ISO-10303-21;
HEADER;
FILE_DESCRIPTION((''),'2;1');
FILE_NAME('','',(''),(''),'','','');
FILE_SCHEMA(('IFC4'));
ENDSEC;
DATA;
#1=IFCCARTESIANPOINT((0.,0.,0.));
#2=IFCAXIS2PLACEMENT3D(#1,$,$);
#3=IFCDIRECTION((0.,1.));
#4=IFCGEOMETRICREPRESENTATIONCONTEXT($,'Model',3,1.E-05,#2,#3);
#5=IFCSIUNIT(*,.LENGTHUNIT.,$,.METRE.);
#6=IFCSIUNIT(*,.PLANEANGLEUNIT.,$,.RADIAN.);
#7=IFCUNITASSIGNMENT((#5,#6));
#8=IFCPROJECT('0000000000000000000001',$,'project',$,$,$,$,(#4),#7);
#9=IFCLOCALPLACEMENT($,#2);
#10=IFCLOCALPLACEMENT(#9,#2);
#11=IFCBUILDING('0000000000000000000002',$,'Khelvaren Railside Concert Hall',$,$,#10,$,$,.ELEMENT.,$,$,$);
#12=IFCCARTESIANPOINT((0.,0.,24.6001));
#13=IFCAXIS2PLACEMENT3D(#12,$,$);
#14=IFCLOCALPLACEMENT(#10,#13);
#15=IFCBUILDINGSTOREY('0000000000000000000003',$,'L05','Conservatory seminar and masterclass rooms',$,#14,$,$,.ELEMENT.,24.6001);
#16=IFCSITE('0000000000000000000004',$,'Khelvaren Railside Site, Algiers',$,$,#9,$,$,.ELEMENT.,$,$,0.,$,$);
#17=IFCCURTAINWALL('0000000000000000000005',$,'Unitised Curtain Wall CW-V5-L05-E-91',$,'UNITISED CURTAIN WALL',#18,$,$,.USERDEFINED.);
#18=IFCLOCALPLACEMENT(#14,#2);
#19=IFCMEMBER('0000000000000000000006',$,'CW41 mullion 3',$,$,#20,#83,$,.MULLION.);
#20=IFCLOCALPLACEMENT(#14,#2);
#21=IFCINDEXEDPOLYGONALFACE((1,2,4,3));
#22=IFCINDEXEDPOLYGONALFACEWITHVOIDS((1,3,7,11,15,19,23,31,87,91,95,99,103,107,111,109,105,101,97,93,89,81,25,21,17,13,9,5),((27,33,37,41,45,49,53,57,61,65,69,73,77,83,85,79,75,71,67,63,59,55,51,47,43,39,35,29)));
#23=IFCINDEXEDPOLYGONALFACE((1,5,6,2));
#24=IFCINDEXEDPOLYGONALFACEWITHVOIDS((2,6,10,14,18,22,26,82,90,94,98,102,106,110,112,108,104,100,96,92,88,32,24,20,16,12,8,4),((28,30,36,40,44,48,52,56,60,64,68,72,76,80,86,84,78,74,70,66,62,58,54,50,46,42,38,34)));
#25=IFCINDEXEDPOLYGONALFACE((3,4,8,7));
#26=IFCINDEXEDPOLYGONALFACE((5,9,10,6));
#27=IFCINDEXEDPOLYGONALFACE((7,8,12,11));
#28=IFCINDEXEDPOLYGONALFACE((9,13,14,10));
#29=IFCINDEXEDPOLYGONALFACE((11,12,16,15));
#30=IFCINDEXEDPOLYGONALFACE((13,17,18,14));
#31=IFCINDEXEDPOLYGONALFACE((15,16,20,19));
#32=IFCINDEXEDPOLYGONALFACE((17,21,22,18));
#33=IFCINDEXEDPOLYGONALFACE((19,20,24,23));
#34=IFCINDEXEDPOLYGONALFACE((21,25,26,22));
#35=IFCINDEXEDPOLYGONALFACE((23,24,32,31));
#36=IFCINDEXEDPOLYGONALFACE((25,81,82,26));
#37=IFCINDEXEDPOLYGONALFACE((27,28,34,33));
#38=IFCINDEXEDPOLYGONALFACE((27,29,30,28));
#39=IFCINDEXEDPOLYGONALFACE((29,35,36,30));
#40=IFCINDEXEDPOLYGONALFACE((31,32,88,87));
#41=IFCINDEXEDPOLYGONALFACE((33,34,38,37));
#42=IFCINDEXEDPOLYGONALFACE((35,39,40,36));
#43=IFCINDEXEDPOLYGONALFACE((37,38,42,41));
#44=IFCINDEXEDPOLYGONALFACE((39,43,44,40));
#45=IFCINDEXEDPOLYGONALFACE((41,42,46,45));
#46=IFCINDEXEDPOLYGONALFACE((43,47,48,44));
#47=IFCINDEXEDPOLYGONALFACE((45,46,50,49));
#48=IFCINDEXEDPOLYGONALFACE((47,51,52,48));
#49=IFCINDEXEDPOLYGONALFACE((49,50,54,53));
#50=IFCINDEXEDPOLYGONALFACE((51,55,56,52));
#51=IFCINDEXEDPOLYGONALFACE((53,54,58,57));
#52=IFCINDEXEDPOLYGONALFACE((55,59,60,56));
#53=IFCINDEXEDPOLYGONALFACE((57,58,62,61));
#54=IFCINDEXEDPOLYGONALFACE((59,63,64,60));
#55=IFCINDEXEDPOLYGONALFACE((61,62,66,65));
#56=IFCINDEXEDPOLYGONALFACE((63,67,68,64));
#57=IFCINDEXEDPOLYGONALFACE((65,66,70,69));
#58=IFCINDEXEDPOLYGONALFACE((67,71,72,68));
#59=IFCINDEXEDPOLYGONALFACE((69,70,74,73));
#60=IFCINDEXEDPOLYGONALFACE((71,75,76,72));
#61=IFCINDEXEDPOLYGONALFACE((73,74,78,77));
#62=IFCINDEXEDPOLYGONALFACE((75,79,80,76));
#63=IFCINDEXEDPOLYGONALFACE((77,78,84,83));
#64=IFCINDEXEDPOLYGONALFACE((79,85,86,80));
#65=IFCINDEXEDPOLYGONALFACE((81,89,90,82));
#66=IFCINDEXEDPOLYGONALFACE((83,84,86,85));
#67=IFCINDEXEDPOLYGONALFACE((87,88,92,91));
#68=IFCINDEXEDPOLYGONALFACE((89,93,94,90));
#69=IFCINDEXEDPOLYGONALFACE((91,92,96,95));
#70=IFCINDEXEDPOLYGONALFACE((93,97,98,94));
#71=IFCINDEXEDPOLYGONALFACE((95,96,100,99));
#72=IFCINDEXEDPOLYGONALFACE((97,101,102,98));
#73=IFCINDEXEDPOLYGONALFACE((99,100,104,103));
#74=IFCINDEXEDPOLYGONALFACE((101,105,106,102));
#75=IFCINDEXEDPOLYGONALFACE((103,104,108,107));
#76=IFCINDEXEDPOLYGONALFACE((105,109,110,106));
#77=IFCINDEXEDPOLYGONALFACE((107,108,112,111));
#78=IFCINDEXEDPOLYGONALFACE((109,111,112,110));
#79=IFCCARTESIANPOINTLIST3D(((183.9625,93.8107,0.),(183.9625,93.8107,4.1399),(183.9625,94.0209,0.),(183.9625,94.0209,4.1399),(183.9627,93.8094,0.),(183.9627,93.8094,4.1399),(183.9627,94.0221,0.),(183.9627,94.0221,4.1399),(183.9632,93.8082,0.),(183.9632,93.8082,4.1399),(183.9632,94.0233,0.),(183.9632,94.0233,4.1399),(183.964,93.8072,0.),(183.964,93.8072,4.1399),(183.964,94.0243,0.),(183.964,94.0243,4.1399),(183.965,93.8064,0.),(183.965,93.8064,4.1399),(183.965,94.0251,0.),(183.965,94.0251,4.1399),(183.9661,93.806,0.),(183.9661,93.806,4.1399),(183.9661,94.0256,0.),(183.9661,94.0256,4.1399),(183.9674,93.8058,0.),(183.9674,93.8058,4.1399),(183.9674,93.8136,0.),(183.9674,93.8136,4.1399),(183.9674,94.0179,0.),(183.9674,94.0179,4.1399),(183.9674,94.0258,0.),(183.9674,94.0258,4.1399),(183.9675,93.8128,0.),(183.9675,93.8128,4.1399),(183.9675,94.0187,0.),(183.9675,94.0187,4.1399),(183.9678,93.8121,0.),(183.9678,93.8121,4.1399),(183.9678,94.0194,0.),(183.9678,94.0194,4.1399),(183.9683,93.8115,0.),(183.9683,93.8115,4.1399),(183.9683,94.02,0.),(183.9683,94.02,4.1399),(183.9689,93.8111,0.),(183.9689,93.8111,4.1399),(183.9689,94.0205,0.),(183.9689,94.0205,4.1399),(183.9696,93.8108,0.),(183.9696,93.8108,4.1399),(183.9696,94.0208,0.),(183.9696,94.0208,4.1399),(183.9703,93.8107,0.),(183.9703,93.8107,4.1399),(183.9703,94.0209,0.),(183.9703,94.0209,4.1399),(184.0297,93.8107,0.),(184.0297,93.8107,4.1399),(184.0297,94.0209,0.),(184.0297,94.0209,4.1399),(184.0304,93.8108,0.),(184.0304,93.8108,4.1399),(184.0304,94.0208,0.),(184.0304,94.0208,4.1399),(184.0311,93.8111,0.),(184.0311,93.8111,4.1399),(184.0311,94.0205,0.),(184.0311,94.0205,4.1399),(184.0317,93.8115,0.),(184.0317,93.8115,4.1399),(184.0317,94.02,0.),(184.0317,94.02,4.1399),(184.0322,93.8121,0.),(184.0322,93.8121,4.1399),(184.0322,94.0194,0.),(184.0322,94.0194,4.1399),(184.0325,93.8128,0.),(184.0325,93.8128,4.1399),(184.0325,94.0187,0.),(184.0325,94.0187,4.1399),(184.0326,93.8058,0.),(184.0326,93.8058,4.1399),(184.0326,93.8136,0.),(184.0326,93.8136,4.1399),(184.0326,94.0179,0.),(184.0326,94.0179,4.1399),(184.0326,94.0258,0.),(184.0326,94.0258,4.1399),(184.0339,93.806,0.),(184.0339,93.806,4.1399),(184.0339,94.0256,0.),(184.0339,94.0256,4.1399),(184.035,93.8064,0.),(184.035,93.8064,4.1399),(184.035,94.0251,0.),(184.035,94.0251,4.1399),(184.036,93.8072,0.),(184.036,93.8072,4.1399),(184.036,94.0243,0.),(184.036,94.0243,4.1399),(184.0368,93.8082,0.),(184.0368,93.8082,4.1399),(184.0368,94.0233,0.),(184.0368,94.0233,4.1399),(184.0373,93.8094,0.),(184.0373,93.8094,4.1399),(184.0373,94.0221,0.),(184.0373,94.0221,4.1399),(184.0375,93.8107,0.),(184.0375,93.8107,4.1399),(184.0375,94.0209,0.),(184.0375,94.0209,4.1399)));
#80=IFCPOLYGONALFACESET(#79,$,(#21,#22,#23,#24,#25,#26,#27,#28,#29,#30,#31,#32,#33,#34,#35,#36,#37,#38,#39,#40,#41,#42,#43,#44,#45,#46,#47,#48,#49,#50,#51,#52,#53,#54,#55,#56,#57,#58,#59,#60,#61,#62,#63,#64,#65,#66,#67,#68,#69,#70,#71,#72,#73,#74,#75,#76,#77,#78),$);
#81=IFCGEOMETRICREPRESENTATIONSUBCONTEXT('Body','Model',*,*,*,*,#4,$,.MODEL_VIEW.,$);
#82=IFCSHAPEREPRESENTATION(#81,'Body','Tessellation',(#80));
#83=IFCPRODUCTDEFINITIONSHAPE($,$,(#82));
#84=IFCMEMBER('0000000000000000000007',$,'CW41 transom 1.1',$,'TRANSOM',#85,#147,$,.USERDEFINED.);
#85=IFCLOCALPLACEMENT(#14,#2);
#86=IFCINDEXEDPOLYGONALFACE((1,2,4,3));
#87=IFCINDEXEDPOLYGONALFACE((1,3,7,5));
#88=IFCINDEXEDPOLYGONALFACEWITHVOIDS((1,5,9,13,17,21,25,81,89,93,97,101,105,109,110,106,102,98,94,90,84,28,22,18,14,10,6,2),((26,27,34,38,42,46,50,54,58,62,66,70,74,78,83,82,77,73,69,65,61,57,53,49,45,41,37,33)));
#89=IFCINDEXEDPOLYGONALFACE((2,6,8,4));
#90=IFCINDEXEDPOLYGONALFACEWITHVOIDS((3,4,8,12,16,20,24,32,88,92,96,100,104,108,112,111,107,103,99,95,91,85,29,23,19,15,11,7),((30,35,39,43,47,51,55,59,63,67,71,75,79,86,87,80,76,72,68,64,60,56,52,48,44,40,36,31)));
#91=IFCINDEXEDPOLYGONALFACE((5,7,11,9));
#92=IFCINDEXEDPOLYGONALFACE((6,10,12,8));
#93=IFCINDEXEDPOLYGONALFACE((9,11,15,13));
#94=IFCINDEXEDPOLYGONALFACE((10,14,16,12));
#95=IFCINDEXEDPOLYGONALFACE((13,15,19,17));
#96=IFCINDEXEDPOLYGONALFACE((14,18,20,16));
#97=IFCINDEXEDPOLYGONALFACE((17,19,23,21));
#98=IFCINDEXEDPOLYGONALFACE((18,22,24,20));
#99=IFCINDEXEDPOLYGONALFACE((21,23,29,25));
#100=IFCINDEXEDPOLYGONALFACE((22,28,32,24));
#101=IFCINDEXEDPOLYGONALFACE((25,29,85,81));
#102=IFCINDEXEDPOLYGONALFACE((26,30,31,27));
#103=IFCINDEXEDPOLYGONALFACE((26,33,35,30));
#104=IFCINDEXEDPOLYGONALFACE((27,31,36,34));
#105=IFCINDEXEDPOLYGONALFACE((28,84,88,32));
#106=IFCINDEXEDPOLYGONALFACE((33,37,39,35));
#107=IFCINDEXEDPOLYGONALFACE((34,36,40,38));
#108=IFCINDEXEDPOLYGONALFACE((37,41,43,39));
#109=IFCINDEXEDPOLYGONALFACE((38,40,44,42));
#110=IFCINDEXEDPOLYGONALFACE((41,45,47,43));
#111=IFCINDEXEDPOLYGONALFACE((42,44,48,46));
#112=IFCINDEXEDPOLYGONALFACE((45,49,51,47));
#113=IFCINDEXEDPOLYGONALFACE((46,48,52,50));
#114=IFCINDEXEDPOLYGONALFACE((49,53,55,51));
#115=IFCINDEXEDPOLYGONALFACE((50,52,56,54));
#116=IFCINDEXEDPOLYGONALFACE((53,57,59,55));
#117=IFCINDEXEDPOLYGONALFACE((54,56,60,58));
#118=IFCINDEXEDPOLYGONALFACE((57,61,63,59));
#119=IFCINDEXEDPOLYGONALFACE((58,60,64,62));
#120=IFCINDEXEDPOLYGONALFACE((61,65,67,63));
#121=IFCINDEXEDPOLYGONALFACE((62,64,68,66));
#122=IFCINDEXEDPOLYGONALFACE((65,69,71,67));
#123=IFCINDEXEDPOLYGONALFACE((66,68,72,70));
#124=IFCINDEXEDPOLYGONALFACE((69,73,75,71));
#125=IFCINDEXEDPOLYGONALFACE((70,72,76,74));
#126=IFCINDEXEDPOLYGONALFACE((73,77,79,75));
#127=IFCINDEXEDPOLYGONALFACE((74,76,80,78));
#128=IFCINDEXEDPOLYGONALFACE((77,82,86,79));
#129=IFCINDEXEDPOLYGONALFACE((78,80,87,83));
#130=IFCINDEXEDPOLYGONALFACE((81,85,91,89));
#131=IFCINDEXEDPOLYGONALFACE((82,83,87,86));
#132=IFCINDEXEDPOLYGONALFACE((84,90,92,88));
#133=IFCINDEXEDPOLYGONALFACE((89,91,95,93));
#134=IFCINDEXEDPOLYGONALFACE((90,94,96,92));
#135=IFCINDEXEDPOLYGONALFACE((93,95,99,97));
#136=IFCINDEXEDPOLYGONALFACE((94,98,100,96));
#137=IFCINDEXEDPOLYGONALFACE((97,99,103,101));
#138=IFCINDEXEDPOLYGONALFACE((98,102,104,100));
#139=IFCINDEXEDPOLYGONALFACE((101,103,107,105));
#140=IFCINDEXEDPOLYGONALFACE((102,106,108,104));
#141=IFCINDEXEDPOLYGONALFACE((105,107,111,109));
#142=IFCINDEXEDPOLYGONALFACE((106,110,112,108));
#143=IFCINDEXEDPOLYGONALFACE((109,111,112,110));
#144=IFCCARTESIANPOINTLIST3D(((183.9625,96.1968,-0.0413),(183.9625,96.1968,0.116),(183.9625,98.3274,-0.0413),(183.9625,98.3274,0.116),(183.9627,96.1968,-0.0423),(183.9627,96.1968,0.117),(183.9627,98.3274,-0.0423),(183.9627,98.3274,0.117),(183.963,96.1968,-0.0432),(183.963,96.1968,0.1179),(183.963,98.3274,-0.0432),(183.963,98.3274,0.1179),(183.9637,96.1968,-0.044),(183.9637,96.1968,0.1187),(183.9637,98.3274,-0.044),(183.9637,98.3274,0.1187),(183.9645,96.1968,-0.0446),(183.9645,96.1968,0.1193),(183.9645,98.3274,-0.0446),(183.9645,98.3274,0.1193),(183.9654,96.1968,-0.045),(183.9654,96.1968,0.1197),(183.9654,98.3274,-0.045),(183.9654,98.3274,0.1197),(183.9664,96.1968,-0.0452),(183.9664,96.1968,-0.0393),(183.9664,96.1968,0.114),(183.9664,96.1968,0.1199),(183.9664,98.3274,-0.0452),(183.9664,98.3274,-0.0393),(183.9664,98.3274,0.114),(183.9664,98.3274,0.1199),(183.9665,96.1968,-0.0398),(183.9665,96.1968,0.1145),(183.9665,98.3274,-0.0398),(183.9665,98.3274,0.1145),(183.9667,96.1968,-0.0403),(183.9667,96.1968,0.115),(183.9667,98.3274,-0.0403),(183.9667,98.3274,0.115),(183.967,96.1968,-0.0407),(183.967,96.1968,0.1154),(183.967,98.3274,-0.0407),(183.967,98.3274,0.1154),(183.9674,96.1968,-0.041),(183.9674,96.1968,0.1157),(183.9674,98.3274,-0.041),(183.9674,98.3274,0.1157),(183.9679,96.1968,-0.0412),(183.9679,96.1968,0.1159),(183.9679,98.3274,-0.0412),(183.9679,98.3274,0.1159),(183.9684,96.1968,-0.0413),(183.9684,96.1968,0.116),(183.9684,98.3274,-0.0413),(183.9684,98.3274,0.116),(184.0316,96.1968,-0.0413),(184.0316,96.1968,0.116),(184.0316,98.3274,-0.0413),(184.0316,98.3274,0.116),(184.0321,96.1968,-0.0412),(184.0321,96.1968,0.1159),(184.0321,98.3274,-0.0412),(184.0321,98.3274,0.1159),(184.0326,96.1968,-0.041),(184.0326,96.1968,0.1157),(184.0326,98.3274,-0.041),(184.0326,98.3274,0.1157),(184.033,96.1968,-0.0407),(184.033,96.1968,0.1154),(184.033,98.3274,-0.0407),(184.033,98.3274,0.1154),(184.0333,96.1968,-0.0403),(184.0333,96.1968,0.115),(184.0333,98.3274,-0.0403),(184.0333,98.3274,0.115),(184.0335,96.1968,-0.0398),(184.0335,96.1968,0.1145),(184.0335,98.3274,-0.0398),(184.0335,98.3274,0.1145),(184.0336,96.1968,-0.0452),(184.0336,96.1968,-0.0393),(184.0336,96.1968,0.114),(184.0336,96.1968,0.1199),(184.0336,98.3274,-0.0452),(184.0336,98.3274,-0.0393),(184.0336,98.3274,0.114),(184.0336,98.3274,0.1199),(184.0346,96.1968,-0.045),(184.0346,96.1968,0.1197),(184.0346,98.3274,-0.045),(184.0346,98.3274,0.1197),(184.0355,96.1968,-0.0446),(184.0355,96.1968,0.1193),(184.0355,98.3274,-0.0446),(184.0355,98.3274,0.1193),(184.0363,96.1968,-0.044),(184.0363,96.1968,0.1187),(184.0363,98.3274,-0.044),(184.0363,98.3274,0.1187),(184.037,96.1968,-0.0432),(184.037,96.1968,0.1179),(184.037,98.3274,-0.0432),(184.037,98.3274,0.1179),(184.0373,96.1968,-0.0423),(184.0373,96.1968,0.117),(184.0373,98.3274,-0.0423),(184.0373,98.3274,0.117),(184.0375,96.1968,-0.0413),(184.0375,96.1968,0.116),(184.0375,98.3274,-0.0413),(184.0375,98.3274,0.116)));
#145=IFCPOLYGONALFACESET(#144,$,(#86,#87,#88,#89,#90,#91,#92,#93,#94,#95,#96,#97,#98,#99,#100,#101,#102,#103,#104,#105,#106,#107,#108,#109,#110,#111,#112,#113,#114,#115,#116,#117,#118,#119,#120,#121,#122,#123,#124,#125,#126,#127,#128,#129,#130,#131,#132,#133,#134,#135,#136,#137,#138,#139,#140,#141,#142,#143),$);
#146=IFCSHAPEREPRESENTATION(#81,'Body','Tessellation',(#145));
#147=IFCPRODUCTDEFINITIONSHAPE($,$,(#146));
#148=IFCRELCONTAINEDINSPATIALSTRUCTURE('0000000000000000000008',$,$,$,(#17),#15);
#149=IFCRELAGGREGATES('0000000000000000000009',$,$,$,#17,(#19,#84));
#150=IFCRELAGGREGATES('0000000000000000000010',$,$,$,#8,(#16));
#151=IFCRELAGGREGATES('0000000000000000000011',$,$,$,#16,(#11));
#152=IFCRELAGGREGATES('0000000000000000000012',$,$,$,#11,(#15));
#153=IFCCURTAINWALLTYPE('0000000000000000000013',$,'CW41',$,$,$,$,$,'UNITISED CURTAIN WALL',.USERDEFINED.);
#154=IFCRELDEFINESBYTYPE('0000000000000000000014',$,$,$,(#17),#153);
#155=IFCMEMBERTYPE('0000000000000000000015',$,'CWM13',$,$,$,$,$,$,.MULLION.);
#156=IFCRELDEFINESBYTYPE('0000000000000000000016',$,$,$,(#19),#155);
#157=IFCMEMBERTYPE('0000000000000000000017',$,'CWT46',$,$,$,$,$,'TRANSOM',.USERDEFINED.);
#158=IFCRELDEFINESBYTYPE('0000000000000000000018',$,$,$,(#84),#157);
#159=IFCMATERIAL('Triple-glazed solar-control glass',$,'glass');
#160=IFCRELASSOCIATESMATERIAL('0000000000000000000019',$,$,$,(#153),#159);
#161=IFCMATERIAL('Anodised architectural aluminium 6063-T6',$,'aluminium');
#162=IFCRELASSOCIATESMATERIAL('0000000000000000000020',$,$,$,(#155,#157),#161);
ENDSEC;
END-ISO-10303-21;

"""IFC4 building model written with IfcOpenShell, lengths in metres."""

from ifc_helpers import new_model, si_unit, direction, frame, origin, origin_2d, place, context, subcontext, project, spatial, hollow_rectangle, extrude, material, material_profile, profile_set, type_object, element, aggregate, save


model = new_model("IFC4")

# Units and contexts
model_context = context("Model", 3, precision=1e-05, world=origin(), true_north=direction((0.0, 1.0)))
body_context = subcontext(model_context, "Body", "Model", "MODEL_VIEW")
ifc_project = project(units=[si_unit("LENGTHUNIT", "METRE"), si_unit("PLANEANGLEUNIT", "RADIAN")], contexts=[model_context])

# Site, building, storey
site_placement = place(None, origin())
site = spatial("IfcSite", under=ifc_project, at=site_placement, Name="Khelvaren Railside Site, Algiers", CompositionType="ELEMENT", RefElevation=0.0)
building_placement = place(site_placement, origin())
building = spatial("IfcBuilding", under=site, at=building_placement, Name="Khelvaren Railside Concert Hall", CompositionType="ELEMENT")
storey_placement = place(building_placement, frame((0.0, 0.0, 24.6001)))
storey = spatial("IfcBuildingStorey", under=building, at=storey_placement, Name="L05", Description="Conservatory seminar and masterclass rooms", CompositionType="ELEMENT", Elevation=24.6001)

# Curtain wall, members
ifc_material_1 = material(Name="Triple-glazed solar-control glass", Category="glass")
curtain_wall_type = type_object("IfcCurtainWallType", Name="CW41", ElementType="UNITISED CURTAIN WALL", PredefinedType="USERDEFINED", material=ifc_material_1)
curtain_wall_placement = place(storey_placement, origin())
curtain_wall = element("IfcCurtainWall", 1, at=curtain_wall_placement, inside=storey, type_object=curtain_wall_type, Name="Unitised Curtain Wall CW-V5-L05-E-91", ObjectType="UNITISED CURTAIN WALL", PredefinedType="USERDEFINED")
ifc_material_2 = material(Name="Anodised architectural aluminium 6063-T6", Category="aluminium")
ifc_material_profile_1 = material_profile(ifc_material_2, hollow_rectangle(XDim=0.075, YDim=0.22, WallThickness=0.0049, InnerFilletRadius=0.0029, OuterFilletRadius=0.0049, at=origin_2d()), Name="CWM 75x220x5")
ifc_profile_set_1 = profile_set([ifc_material_profile_1], Name="Anodised architectural aluminium 6063-T6")
member_type_1 = type_object("IfcMemberType", Name="CWM13", PredefinedType="MULLION", material=ifc_profile_set_1)
member_1_placement = place(storey_placement, frame((184.0, 93.9158, 0.0), z_axis=(0.0, 0.0, 1.0), x_axis=(1.0, 0.0, 0.0)))
member_1 = element("IfcMember", 2, at=member_1_placement, type_object=member_type_1, Name="CW41 mullion 3", PredefinedType="MULLION", context=body_context, shape_type="SweptSolid", body=[
    extrude(hollow_rectangle(XDim=0.075, YDim=0.22, WallThickness=0.0049, InnerFilletRadius=0.0029, OuterFilletRadius=0.0049, at=origin_2d()), origin(), (0.0, 0.0, 1.0), 4.1399),
])
ifc_material_profile_2 = material_profile(ifc_material_2, hollow_rectangle(XDim=0.075, YDim=0.165, WallThickness=0.0039, InnerFilletRadius=0.002, OuterFilletRadius=0.0039, at=origin_2d()), Name="CWT 75x165x4")
ifc_profile_set_2 = profile_set([ifc_material_profile_2], Name="Anodised architectural aluminium 6063-T6")
member_type_2 = type_object("IfcMemberType", Name="CWT46", ElementType="TRANSOM", PredefinedType="USERDEFINED", material=ifc_profile_set_2)
member_2_placement = place(storey_placement, frame((184.0, 98.3274, 0.0374), z_axis=(0.0, -1.0, 0.0), x_axis=(1.0, 0.0, 0.0)))
member_2 = element("IfcMember", 3, at=member_2_placement, type_object=member_type_2, Name="CW41 transom 1.1", ObjectType="TRANSOM", PredefinedType="USERDEFINED", context=body_context, shape_type="SweptSolid", body=[
    extrude(hollow_rectangle(XDim=0.075, YDim=0.165, WallThickness=0.0039, InnerFilletRadius=0.002, OuterFilletRadius=0.0039, at=origin_2d()), origin(), (0.0, 0.0, 1.0), 2.1306),
])
aggregate(curtain_wall, [member_1, member_2])

save(model, "model.ifc")
